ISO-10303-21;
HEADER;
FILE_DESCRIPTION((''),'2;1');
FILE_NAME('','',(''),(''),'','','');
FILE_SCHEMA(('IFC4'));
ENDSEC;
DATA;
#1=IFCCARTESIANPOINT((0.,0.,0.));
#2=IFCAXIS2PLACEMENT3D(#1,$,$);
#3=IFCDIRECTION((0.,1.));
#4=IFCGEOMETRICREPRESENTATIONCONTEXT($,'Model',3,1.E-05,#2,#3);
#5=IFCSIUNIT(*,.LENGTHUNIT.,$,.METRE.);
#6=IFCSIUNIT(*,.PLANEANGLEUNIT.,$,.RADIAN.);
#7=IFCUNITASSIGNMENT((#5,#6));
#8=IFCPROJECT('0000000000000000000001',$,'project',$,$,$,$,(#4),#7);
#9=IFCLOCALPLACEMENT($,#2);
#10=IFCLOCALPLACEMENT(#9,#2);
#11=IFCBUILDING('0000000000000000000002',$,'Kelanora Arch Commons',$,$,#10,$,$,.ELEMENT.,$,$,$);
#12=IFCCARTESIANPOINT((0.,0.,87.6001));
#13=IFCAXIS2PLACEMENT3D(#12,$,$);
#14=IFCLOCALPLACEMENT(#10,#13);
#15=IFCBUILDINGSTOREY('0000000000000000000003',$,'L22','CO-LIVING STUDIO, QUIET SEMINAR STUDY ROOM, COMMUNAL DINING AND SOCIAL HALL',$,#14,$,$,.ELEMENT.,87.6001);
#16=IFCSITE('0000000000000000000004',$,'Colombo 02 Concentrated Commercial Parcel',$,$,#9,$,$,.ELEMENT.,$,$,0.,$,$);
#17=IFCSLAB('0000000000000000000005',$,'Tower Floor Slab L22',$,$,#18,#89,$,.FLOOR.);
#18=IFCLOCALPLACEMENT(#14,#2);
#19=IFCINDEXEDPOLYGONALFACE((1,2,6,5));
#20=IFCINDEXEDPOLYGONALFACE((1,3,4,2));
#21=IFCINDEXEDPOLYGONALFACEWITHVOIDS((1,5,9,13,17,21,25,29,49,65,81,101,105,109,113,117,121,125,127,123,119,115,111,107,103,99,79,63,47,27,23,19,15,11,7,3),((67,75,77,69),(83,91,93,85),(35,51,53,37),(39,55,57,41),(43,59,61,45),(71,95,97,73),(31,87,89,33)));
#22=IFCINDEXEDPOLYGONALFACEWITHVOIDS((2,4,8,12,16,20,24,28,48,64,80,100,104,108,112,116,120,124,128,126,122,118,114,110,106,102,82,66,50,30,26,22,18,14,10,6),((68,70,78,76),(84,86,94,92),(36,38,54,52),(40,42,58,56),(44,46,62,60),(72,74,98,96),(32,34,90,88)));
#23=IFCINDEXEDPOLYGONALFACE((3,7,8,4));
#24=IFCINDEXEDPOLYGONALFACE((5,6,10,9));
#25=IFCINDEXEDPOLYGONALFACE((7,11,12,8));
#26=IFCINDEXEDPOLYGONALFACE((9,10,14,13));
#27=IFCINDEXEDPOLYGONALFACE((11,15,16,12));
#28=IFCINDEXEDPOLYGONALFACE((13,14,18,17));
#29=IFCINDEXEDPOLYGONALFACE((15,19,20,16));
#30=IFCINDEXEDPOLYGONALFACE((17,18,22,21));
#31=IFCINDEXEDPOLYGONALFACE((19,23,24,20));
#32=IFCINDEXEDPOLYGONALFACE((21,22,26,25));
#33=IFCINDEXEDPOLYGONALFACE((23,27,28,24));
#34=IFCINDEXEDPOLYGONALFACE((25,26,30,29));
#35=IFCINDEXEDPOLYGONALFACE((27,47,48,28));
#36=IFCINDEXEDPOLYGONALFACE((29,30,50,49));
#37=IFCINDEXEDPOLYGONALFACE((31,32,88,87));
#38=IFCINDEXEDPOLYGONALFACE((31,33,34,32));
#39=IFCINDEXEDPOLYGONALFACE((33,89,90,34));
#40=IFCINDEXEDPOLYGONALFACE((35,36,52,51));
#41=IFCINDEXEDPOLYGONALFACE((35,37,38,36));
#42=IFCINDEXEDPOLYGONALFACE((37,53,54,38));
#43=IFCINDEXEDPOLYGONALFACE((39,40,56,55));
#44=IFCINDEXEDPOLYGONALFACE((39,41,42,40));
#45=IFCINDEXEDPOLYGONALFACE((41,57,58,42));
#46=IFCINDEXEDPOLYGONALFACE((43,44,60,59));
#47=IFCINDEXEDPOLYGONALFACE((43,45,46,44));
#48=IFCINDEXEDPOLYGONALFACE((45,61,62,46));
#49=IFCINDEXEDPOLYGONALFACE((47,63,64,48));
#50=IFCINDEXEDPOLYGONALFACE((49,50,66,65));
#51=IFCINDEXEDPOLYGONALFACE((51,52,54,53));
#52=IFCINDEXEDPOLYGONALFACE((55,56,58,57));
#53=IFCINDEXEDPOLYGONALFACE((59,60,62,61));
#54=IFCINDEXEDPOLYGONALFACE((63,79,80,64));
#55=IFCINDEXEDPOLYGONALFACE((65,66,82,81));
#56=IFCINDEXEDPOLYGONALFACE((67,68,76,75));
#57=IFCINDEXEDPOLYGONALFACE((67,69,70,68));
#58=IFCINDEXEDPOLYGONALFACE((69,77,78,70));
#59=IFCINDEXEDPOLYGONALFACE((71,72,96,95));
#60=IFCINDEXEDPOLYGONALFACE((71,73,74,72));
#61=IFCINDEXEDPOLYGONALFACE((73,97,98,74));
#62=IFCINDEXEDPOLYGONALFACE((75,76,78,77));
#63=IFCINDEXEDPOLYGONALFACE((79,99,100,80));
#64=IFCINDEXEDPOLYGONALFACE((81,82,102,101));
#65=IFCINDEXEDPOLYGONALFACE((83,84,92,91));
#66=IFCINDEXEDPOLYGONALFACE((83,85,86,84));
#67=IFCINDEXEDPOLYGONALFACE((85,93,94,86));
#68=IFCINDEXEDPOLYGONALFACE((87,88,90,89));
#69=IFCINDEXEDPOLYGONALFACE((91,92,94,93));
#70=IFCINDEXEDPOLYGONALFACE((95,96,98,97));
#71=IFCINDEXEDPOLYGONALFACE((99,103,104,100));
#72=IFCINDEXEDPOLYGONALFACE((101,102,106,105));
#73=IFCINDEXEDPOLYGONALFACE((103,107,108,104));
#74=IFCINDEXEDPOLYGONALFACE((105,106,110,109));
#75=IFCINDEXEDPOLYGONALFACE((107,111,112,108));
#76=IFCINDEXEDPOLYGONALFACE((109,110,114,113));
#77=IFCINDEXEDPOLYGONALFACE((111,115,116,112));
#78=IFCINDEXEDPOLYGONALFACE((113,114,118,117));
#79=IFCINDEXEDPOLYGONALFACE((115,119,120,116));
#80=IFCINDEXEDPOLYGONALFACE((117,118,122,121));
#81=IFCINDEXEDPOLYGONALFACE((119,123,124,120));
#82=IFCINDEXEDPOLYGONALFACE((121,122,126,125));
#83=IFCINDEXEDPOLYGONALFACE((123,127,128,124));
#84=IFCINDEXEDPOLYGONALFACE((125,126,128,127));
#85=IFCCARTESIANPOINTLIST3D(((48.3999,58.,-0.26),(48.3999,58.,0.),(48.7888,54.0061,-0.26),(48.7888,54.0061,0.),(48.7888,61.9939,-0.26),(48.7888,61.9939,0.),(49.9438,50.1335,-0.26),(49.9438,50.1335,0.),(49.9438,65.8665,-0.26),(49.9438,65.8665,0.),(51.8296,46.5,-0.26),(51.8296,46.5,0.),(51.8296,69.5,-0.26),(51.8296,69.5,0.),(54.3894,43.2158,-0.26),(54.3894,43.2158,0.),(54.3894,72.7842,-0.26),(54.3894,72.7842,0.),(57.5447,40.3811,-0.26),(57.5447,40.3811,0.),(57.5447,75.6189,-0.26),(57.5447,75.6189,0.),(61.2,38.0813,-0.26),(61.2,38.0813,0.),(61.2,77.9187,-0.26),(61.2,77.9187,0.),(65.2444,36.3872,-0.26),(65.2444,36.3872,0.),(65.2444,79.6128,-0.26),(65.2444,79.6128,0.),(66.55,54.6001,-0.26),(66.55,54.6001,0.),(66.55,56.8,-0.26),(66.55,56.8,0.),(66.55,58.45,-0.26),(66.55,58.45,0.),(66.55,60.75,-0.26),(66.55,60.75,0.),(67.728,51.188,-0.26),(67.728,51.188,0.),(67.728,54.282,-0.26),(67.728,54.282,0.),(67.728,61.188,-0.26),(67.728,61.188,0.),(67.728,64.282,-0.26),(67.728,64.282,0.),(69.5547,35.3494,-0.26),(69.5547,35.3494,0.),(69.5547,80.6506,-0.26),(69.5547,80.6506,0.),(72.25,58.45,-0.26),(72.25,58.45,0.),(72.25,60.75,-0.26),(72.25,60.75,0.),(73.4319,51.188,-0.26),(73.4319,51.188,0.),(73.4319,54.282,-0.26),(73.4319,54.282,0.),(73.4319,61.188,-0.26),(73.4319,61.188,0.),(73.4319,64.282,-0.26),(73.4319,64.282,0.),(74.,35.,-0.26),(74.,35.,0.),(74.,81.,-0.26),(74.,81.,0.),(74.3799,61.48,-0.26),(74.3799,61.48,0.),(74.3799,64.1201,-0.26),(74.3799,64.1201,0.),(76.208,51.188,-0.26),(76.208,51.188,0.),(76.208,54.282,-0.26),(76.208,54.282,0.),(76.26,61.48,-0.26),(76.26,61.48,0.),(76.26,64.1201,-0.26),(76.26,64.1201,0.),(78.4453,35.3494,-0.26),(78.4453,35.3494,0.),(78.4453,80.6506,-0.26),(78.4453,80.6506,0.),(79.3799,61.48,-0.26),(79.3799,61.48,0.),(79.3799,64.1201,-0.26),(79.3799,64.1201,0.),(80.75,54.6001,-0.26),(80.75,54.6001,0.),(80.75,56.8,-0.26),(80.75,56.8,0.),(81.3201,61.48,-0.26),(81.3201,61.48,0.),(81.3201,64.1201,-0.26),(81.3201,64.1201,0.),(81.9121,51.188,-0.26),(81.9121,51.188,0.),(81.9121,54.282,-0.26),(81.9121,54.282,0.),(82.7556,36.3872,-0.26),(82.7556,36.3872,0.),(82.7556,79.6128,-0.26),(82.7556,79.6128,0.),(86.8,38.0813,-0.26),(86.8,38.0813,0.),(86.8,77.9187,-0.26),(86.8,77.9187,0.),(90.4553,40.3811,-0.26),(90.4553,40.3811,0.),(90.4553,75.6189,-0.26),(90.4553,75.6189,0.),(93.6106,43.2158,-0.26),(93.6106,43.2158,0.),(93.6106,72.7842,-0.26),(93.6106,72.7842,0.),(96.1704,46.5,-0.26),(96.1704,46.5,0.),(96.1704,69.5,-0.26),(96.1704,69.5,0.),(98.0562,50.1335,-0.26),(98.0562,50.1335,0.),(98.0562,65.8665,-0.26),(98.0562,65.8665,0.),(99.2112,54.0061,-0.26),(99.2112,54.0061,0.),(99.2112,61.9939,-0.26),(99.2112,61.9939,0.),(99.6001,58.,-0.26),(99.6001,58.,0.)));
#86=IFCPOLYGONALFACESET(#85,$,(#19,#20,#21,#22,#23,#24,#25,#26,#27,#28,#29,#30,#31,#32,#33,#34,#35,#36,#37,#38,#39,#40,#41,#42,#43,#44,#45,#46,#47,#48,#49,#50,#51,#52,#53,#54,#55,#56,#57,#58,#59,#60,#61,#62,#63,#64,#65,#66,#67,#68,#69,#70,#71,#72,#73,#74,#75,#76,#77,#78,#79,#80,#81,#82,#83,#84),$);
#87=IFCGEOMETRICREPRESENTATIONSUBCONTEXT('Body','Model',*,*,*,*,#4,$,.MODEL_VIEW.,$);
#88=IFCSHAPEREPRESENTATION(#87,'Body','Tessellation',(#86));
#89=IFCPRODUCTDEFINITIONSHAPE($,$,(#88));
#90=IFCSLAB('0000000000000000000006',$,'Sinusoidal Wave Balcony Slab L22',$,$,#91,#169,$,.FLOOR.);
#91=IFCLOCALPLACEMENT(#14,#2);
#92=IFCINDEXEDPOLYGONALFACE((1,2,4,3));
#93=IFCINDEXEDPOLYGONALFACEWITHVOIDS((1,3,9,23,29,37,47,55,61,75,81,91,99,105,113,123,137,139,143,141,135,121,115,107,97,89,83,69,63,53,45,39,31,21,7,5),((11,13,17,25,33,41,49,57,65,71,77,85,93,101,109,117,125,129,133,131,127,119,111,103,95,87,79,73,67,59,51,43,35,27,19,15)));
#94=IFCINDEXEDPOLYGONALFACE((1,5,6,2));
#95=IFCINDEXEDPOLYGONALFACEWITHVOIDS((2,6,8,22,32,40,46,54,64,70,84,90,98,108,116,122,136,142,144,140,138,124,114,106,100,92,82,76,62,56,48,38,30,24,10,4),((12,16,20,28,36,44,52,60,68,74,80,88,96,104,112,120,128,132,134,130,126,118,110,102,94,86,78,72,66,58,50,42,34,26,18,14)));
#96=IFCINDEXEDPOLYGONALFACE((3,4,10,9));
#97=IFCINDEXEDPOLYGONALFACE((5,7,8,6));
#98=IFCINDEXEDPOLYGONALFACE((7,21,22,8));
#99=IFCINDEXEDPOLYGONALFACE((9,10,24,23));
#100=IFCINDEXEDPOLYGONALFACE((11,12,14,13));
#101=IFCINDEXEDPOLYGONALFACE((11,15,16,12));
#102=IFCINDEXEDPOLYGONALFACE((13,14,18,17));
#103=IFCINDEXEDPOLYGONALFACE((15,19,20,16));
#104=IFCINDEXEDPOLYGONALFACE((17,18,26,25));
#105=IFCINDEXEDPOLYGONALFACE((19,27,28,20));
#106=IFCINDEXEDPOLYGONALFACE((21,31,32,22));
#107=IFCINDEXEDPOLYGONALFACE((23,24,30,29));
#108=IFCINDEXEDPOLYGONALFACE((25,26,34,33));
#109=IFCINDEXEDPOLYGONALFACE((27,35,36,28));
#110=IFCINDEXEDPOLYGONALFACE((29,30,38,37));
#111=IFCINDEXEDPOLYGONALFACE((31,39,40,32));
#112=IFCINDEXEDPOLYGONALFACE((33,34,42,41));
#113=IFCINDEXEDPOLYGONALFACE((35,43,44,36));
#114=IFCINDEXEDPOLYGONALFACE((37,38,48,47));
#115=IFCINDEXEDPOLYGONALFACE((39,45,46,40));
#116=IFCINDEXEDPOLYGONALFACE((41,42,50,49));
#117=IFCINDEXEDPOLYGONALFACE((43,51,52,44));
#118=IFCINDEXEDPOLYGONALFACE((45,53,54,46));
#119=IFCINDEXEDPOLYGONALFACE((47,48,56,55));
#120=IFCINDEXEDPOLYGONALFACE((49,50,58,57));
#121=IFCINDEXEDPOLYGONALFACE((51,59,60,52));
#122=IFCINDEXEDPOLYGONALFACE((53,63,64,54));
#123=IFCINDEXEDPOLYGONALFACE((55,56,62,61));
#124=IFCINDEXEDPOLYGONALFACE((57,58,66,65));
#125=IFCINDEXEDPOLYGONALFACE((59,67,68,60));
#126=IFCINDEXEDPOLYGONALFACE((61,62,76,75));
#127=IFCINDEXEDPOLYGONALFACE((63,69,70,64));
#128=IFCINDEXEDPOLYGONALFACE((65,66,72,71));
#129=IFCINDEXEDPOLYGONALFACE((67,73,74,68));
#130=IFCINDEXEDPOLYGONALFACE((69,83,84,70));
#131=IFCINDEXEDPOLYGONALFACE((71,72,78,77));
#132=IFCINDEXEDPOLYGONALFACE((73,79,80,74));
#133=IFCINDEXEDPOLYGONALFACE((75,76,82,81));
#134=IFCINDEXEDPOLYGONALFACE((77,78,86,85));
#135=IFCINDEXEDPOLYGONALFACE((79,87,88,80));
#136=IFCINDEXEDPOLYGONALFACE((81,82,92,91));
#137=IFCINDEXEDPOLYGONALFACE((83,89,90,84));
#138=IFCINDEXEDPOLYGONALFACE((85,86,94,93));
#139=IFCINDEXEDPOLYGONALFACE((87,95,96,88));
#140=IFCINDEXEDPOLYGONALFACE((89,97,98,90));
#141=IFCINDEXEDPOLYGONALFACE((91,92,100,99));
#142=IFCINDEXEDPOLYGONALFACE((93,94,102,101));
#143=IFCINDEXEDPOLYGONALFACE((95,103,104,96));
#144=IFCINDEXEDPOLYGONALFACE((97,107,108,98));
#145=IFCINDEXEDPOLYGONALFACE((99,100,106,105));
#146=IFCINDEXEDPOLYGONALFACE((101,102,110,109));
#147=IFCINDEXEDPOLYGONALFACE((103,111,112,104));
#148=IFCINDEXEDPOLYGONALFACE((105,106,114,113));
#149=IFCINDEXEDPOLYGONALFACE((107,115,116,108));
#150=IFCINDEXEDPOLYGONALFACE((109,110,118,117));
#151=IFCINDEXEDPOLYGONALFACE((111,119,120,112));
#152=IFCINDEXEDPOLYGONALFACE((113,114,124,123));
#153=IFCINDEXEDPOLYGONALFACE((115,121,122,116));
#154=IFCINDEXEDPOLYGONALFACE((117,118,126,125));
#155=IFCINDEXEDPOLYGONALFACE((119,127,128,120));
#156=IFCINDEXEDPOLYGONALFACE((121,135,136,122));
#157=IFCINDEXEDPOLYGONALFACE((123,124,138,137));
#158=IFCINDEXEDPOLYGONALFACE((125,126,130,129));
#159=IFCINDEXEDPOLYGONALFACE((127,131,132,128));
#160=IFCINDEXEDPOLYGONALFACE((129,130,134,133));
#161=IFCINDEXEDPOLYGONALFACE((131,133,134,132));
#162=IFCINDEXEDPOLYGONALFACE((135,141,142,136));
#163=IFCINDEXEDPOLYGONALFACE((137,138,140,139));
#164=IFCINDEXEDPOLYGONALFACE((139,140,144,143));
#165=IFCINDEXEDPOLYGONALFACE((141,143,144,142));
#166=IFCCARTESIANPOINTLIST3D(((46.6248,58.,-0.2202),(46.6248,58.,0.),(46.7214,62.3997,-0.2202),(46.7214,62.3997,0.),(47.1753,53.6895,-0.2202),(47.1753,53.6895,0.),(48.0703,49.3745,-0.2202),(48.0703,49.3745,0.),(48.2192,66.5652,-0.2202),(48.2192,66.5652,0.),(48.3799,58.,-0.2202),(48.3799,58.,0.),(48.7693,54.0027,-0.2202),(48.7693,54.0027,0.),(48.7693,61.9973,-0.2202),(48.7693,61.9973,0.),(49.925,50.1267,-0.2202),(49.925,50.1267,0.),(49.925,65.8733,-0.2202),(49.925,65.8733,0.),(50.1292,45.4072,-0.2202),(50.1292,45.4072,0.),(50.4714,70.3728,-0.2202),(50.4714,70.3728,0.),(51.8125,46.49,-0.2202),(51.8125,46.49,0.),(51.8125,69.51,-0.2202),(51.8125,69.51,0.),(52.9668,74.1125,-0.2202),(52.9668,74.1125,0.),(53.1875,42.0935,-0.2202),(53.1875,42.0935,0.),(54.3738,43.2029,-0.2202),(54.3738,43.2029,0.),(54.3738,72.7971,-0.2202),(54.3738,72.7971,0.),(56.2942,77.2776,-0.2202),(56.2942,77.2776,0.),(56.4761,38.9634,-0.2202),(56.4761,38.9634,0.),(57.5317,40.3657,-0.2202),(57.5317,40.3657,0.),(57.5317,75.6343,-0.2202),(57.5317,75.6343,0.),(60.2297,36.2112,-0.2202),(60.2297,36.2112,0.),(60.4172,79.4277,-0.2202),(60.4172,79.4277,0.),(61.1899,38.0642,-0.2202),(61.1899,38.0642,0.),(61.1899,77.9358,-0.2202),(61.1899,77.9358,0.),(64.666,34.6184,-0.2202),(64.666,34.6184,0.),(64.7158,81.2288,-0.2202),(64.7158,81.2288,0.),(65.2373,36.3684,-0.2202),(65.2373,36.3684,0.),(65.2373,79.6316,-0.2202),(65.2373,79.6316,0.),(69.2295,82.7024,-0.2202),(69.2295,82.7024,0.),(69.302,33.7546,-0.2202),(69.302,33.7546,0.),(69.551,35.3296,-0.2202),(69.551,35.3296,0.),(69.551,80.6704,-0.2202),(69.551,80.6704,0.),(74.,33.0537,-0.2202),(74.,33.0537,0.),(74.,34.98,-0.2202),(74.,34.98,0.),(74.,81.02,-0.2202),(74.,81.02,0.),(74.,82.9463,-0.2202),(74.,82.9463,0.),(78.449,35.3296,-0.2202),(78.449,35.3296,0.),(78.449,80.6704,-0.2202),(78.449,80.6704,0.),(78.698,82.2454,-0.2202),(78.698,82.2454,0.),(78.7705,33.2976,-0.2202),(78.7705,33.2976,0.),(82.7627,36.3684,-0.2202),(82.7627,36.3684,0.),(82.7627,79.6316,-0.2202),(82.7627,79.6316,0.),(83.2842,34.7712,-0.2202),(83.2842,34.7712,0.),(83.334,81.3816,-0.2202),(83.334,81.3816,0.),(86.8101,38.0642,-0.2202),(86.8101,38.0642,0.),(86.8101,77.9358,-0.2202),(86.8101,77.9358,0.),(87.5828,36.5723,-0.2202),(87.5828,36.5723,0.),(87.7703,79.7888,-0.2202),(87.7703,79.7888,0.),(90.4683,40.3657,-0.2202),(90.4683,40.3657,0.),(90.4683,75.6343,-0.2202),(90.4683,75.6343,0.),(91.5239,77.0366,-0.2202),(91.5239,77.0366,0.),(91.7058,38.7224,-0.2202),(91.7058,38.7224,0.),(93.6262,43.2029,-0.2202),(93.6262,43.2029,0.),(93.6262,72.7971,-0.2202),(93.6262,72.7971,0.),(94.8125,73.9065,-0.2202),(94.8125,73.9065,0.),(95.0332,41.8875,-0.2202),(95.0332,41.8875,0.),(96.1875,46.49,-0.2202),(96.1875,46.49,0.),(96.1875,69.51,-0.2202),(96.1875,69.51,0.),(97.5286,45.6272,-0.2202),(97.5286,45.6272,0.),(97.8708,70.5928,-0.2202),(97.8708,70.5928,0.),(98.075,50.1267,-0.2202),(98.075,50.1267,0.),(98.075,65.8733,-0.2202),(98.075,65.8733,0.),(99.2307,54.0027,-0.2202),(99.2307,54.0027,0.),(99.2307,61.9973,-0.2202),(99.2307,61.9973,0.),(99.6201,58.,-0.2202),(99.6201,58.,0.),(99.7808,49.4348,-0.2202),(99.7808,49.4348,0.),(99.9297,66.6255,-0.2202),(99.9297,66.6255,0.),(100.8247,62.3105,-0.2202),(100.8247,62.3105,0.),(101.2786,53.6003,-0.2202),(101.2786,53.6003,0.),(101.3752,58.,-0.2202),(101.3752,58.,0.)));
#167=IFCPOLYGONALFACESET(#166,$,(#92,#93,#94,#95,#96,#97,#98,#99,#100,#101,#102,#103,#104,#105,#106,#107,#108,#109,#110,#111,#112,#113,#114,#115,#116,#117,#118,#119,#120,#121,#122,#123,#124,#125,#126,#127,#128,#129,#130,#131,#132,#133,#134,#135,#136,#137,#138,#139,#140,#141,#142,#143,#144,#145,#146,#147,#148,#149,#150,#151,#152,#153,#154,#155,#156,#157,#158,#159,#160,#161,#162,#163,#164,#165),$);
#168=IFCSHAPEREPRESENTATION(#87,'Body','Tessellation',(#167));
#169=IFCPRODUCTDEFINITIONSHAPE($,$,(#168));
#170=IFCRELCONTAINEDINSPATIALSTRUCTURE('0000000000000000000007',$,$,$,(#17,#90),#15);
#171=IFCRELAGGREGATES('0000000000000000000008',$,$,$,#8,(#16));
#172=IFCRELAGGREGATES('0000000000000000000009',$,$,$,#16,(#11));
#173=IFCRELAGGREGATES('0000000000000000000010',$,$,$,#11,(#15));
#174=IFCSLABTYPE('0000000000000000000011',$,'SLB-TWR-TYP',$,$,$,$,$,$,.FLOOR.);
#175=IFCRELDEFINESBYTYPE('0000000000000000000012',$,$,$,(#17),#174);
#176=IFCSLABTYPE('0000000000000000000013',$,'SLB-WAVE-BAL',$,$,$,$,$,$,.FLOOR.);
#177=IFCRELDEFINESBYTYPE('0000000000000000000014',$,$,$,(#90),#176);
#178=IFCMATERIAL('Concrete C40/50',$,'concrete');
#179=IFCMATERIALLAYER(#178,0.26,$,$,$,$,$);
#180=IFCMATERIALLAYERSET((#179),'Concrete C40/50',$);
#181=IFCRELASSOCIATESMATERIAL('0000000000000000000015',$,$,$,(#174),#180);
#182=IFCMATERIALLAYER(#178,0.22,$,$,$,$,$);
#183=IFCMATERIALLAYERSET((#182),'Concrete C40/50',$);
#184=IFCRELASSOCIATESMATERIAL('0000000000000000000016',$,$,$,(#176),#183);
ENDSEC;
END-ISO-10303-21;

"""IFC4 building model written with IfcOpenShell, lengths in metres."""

from ifc_helpers import new_model, si_unit, direction, frame, origin, place, context, subcontext, project, spatial, polyline, outline, extrude, material, layer, layer_set, type_object, element, save


model = new_model("IFC4")

# Units and contexts
model_context = context("Model", 3, precision=1e-05, world=origin(), true_north=direction((0.0, 1.0)))
body_context = subcontext(model_context, "Body", "Model", "MODEL_VIEW")
ifc_project = project(units=[si_unit("LENGTHUNIT", "METRE"), si_unit("PLANEANGLEUNIT", "RADIAN")], contexts=[model_context])

# Site, building, storey
site_placement = place(None, origin())
site = spatial("IfcSite", under=ifc_project, at=site_placement, Name="Colombo 02 Concentrated Commercial Parcel", CompositionType="ELEMENT", RefElevation=0.0)
building_placement = place(site_placement, origin())
building = spatial("IfcBuilding", under=site, at=building_placement, Name="Kelanora Arch Commons", CompositionType="ELEMENT")
storey_placement = place(building_placement, frame((0.0, 0.0, 87.6001)))
storey = spatial("IfcBuildingStorey", under=building, at=storey_placement, Name="L22", Description="CO-LIVING STUDIO, QUIET SEMINAR STUDY ROOM, COMMUNAL DINING AND SOCIAL HALL", CompositionType="ELEMENT", Elevation=87.6001)

# Shared definitions
ifc_material_1 = material(Name="Concrete C40/50", Category="concrete")

# Slabs
ifc_layer_1 = layer(ifc_material_1, 0.26)
ifc_layer_set_1 = layer_set([ifc_layer_1], Name="Concrete C40/50")
slab_type_1 = type_object("IfcSlabType", Name="SLB-TWR-TYP", PredefinedType="FLOOR", material=ifc_layer_set_1)
slab_1_placement = place(storey_placement, frame((0.0, 0.0, -0.26)))
element("IfcSlab", 1, at=slab_1_placement, inside=storey, type_object=slab_type_1, Name="Tower Floor Slab L22", PredefinedType="FLOOR", context=body_context, shape_type="SweptSolid", body=[
    extrude(outline(polyline([(99.6001, 58.0), (99.2112, 61.9939), (98.0562, 65.8665), (96.1704, 69.5), (93.6106, 72.7842), (90.4553, 75.6189), (86.8, 77.9187), (82.7556, 79.6128), (78.4453, 80.6506), (74.0, 81.0), (69.5547, 80.6506), (65.2444, 79.6128), (61.2, 77.9187), (57.5447, 75.6189), (54.3894, 72.7842), (51.8296, 69.5), (49.9438, 65.8665), (48.7888, 61.9939), (48.3999, 58.0), (48.7888, 54.0061), (49.9438, 50.1335), (51.8296, 46.5), (54.3894, 43.2158), (57.5447, 40.3811), (61.2, 38.0813), (65.2444, 36.3872), (69.5547, 35.3494), (74.0, 35.0), (78.4453, 35.3494), (82.7556, 36.3872), (86.8, 38.0813), (90.4553, 40.3811), (93.6106, 43.2158), (96.1704, 46.5), (98.0562, 50.1335), (99.2112, 54.0061), (99.6001, 58.0)]), holes=[polyline([(73.4319, 51.188), (67.728, 51.188), (67.728, 54.282), (73.4319, 54.282), (73.4319, 51.188)]), polyline([(76.208, 51.188), (76.208, 54.282), (81.9121, 54.282), (81.9121, 51.188), (76.208, 51.188)]), polyline([(66.55, 54.6001), (66.55, 56.8), (80.75, 56.8), (80.75, 54.6001), (66.55, 54.6001)]), polyline([(66.55, 58.45), (66.55, 60.75), (72.25, 60.75), (72.25, 58.45), (66.55, 58.45)]), polyline([(67.728, 61.188), (67.728, 64.282), (73.4319, 64.282), (73.4319, 61.188), (67.728, 61.188)]), polyline([(74.3799, 61.48), (74.3799, 64.1201), (76.26, 64.1201), (76.26, 61.48), (74.3799, 61.48)]), polyline([(79.3799, 61.48), (79.3799, 64.1201), (81.3201, 64.1201), (81.3201, 61.48), (79.3799, 61.48)])]), origin(), (0.0, 0.0, 1.0), 0.26),
])
ifc_layer_2 = layer(ifc_material_1, 0.22)
ifc_layer_set_2 = layer_set([ifc_layer_2], Name="Concrete C40/50")
slab_type_2 = type_object("IfcSlabType", Name="SLB-WAVE-BAL", PredefinedType="FLOOR", material=ifc_layer_set_2)
slab_2_placement = place(storey_placement, frame((0.0, 0.0, -0.2202)))
element("IfcSlab", 2, at=slab_2_placement, inside=storey, type_object=slab_type_2, Name="Sinusoidal Wave Balcony Slab L22", PredefinedType="FLOOR", context=body_context, shape_type="SweptSolid", body=[
    extrude(outline(polyline([(101.3752, 58.0), (100.8247, 62.3105), (99.9297, 66.6255), (97.8708, 70.5928), (94.8125, 73.9065), (91.5239, 77.0366), (87.7703, 79.7888), (83.334, 81.3816), (78.698, 82.2454), (74.0, 82.9463), (69.2295, 82.7024), (64.7158, 81.2288), (60.4172, 79.4277), (56.2942, 77.2776), (52.9668, 74.1125), (50.4714, 70.3728), (48.2192, 66.5652), (46.7214, 62.3997), (46.6248, 58.0), (47.1753, 53.6895), (48.0703, 49.3745), (50.1292, 45.4072), (53.1875, 42.0935), (56.4761, 38.9634), (60.2297, 36.2112), (64.666, 34.6184), (69.302, 33.7546), (74.0, 33.0537), (78.7705, 33.2976), (83.2842, 34.7712), (87.5828, 36.5723), (91.7058, 38.7224), (95.0332, 41.8875), (97.5286, 45.6272), (99.7808, 49.4348), (101.2786, 53.6003), (101.3752, 58.0)]), holes=[polyline([(99.2307, 54.0027), (98.075, 50.1267), (96.1875, 46.49), (93.6262, 43.2029), (90.4683, 40.3657), (86.8101, 38.0642), (82.7627, 36.3684), (78.449, 35.3296), (74.0, 34.98), (69.551, 35.3296), (65.2373, 36.3684), (61.1899, 38.0642), (57.5317, 40.3657), (54.3738, 43.2029), (51.8125, 46.49), (49.925, 50.1267), (48.7693, 54.0027), (48.3799, 58.0), (48.7693, 61.9973), (49.925, 65.8733), (51.8125, 69.51), (54.3738, 72.7971), (57.5317, 75.6343), (61.1899, 77.9358), (65.2373, 79.6316), (69.551, 80.6704), (74.0, 81.02), (78.449, 80.6704), (82.7627, 79.6316), (86.8101, 77.9358), (90.4683, 75.6343), (93.6262, 72.7971), (96.1875, 69.51), (98.075, 65.8733), (99.2307, 61.9973), (99.6201, 58.0), (99.2307, 54.0027)])]), origin(), (0.0, 0.0, 1.0), 0.2202),
])

save(model, "model.ifc")
